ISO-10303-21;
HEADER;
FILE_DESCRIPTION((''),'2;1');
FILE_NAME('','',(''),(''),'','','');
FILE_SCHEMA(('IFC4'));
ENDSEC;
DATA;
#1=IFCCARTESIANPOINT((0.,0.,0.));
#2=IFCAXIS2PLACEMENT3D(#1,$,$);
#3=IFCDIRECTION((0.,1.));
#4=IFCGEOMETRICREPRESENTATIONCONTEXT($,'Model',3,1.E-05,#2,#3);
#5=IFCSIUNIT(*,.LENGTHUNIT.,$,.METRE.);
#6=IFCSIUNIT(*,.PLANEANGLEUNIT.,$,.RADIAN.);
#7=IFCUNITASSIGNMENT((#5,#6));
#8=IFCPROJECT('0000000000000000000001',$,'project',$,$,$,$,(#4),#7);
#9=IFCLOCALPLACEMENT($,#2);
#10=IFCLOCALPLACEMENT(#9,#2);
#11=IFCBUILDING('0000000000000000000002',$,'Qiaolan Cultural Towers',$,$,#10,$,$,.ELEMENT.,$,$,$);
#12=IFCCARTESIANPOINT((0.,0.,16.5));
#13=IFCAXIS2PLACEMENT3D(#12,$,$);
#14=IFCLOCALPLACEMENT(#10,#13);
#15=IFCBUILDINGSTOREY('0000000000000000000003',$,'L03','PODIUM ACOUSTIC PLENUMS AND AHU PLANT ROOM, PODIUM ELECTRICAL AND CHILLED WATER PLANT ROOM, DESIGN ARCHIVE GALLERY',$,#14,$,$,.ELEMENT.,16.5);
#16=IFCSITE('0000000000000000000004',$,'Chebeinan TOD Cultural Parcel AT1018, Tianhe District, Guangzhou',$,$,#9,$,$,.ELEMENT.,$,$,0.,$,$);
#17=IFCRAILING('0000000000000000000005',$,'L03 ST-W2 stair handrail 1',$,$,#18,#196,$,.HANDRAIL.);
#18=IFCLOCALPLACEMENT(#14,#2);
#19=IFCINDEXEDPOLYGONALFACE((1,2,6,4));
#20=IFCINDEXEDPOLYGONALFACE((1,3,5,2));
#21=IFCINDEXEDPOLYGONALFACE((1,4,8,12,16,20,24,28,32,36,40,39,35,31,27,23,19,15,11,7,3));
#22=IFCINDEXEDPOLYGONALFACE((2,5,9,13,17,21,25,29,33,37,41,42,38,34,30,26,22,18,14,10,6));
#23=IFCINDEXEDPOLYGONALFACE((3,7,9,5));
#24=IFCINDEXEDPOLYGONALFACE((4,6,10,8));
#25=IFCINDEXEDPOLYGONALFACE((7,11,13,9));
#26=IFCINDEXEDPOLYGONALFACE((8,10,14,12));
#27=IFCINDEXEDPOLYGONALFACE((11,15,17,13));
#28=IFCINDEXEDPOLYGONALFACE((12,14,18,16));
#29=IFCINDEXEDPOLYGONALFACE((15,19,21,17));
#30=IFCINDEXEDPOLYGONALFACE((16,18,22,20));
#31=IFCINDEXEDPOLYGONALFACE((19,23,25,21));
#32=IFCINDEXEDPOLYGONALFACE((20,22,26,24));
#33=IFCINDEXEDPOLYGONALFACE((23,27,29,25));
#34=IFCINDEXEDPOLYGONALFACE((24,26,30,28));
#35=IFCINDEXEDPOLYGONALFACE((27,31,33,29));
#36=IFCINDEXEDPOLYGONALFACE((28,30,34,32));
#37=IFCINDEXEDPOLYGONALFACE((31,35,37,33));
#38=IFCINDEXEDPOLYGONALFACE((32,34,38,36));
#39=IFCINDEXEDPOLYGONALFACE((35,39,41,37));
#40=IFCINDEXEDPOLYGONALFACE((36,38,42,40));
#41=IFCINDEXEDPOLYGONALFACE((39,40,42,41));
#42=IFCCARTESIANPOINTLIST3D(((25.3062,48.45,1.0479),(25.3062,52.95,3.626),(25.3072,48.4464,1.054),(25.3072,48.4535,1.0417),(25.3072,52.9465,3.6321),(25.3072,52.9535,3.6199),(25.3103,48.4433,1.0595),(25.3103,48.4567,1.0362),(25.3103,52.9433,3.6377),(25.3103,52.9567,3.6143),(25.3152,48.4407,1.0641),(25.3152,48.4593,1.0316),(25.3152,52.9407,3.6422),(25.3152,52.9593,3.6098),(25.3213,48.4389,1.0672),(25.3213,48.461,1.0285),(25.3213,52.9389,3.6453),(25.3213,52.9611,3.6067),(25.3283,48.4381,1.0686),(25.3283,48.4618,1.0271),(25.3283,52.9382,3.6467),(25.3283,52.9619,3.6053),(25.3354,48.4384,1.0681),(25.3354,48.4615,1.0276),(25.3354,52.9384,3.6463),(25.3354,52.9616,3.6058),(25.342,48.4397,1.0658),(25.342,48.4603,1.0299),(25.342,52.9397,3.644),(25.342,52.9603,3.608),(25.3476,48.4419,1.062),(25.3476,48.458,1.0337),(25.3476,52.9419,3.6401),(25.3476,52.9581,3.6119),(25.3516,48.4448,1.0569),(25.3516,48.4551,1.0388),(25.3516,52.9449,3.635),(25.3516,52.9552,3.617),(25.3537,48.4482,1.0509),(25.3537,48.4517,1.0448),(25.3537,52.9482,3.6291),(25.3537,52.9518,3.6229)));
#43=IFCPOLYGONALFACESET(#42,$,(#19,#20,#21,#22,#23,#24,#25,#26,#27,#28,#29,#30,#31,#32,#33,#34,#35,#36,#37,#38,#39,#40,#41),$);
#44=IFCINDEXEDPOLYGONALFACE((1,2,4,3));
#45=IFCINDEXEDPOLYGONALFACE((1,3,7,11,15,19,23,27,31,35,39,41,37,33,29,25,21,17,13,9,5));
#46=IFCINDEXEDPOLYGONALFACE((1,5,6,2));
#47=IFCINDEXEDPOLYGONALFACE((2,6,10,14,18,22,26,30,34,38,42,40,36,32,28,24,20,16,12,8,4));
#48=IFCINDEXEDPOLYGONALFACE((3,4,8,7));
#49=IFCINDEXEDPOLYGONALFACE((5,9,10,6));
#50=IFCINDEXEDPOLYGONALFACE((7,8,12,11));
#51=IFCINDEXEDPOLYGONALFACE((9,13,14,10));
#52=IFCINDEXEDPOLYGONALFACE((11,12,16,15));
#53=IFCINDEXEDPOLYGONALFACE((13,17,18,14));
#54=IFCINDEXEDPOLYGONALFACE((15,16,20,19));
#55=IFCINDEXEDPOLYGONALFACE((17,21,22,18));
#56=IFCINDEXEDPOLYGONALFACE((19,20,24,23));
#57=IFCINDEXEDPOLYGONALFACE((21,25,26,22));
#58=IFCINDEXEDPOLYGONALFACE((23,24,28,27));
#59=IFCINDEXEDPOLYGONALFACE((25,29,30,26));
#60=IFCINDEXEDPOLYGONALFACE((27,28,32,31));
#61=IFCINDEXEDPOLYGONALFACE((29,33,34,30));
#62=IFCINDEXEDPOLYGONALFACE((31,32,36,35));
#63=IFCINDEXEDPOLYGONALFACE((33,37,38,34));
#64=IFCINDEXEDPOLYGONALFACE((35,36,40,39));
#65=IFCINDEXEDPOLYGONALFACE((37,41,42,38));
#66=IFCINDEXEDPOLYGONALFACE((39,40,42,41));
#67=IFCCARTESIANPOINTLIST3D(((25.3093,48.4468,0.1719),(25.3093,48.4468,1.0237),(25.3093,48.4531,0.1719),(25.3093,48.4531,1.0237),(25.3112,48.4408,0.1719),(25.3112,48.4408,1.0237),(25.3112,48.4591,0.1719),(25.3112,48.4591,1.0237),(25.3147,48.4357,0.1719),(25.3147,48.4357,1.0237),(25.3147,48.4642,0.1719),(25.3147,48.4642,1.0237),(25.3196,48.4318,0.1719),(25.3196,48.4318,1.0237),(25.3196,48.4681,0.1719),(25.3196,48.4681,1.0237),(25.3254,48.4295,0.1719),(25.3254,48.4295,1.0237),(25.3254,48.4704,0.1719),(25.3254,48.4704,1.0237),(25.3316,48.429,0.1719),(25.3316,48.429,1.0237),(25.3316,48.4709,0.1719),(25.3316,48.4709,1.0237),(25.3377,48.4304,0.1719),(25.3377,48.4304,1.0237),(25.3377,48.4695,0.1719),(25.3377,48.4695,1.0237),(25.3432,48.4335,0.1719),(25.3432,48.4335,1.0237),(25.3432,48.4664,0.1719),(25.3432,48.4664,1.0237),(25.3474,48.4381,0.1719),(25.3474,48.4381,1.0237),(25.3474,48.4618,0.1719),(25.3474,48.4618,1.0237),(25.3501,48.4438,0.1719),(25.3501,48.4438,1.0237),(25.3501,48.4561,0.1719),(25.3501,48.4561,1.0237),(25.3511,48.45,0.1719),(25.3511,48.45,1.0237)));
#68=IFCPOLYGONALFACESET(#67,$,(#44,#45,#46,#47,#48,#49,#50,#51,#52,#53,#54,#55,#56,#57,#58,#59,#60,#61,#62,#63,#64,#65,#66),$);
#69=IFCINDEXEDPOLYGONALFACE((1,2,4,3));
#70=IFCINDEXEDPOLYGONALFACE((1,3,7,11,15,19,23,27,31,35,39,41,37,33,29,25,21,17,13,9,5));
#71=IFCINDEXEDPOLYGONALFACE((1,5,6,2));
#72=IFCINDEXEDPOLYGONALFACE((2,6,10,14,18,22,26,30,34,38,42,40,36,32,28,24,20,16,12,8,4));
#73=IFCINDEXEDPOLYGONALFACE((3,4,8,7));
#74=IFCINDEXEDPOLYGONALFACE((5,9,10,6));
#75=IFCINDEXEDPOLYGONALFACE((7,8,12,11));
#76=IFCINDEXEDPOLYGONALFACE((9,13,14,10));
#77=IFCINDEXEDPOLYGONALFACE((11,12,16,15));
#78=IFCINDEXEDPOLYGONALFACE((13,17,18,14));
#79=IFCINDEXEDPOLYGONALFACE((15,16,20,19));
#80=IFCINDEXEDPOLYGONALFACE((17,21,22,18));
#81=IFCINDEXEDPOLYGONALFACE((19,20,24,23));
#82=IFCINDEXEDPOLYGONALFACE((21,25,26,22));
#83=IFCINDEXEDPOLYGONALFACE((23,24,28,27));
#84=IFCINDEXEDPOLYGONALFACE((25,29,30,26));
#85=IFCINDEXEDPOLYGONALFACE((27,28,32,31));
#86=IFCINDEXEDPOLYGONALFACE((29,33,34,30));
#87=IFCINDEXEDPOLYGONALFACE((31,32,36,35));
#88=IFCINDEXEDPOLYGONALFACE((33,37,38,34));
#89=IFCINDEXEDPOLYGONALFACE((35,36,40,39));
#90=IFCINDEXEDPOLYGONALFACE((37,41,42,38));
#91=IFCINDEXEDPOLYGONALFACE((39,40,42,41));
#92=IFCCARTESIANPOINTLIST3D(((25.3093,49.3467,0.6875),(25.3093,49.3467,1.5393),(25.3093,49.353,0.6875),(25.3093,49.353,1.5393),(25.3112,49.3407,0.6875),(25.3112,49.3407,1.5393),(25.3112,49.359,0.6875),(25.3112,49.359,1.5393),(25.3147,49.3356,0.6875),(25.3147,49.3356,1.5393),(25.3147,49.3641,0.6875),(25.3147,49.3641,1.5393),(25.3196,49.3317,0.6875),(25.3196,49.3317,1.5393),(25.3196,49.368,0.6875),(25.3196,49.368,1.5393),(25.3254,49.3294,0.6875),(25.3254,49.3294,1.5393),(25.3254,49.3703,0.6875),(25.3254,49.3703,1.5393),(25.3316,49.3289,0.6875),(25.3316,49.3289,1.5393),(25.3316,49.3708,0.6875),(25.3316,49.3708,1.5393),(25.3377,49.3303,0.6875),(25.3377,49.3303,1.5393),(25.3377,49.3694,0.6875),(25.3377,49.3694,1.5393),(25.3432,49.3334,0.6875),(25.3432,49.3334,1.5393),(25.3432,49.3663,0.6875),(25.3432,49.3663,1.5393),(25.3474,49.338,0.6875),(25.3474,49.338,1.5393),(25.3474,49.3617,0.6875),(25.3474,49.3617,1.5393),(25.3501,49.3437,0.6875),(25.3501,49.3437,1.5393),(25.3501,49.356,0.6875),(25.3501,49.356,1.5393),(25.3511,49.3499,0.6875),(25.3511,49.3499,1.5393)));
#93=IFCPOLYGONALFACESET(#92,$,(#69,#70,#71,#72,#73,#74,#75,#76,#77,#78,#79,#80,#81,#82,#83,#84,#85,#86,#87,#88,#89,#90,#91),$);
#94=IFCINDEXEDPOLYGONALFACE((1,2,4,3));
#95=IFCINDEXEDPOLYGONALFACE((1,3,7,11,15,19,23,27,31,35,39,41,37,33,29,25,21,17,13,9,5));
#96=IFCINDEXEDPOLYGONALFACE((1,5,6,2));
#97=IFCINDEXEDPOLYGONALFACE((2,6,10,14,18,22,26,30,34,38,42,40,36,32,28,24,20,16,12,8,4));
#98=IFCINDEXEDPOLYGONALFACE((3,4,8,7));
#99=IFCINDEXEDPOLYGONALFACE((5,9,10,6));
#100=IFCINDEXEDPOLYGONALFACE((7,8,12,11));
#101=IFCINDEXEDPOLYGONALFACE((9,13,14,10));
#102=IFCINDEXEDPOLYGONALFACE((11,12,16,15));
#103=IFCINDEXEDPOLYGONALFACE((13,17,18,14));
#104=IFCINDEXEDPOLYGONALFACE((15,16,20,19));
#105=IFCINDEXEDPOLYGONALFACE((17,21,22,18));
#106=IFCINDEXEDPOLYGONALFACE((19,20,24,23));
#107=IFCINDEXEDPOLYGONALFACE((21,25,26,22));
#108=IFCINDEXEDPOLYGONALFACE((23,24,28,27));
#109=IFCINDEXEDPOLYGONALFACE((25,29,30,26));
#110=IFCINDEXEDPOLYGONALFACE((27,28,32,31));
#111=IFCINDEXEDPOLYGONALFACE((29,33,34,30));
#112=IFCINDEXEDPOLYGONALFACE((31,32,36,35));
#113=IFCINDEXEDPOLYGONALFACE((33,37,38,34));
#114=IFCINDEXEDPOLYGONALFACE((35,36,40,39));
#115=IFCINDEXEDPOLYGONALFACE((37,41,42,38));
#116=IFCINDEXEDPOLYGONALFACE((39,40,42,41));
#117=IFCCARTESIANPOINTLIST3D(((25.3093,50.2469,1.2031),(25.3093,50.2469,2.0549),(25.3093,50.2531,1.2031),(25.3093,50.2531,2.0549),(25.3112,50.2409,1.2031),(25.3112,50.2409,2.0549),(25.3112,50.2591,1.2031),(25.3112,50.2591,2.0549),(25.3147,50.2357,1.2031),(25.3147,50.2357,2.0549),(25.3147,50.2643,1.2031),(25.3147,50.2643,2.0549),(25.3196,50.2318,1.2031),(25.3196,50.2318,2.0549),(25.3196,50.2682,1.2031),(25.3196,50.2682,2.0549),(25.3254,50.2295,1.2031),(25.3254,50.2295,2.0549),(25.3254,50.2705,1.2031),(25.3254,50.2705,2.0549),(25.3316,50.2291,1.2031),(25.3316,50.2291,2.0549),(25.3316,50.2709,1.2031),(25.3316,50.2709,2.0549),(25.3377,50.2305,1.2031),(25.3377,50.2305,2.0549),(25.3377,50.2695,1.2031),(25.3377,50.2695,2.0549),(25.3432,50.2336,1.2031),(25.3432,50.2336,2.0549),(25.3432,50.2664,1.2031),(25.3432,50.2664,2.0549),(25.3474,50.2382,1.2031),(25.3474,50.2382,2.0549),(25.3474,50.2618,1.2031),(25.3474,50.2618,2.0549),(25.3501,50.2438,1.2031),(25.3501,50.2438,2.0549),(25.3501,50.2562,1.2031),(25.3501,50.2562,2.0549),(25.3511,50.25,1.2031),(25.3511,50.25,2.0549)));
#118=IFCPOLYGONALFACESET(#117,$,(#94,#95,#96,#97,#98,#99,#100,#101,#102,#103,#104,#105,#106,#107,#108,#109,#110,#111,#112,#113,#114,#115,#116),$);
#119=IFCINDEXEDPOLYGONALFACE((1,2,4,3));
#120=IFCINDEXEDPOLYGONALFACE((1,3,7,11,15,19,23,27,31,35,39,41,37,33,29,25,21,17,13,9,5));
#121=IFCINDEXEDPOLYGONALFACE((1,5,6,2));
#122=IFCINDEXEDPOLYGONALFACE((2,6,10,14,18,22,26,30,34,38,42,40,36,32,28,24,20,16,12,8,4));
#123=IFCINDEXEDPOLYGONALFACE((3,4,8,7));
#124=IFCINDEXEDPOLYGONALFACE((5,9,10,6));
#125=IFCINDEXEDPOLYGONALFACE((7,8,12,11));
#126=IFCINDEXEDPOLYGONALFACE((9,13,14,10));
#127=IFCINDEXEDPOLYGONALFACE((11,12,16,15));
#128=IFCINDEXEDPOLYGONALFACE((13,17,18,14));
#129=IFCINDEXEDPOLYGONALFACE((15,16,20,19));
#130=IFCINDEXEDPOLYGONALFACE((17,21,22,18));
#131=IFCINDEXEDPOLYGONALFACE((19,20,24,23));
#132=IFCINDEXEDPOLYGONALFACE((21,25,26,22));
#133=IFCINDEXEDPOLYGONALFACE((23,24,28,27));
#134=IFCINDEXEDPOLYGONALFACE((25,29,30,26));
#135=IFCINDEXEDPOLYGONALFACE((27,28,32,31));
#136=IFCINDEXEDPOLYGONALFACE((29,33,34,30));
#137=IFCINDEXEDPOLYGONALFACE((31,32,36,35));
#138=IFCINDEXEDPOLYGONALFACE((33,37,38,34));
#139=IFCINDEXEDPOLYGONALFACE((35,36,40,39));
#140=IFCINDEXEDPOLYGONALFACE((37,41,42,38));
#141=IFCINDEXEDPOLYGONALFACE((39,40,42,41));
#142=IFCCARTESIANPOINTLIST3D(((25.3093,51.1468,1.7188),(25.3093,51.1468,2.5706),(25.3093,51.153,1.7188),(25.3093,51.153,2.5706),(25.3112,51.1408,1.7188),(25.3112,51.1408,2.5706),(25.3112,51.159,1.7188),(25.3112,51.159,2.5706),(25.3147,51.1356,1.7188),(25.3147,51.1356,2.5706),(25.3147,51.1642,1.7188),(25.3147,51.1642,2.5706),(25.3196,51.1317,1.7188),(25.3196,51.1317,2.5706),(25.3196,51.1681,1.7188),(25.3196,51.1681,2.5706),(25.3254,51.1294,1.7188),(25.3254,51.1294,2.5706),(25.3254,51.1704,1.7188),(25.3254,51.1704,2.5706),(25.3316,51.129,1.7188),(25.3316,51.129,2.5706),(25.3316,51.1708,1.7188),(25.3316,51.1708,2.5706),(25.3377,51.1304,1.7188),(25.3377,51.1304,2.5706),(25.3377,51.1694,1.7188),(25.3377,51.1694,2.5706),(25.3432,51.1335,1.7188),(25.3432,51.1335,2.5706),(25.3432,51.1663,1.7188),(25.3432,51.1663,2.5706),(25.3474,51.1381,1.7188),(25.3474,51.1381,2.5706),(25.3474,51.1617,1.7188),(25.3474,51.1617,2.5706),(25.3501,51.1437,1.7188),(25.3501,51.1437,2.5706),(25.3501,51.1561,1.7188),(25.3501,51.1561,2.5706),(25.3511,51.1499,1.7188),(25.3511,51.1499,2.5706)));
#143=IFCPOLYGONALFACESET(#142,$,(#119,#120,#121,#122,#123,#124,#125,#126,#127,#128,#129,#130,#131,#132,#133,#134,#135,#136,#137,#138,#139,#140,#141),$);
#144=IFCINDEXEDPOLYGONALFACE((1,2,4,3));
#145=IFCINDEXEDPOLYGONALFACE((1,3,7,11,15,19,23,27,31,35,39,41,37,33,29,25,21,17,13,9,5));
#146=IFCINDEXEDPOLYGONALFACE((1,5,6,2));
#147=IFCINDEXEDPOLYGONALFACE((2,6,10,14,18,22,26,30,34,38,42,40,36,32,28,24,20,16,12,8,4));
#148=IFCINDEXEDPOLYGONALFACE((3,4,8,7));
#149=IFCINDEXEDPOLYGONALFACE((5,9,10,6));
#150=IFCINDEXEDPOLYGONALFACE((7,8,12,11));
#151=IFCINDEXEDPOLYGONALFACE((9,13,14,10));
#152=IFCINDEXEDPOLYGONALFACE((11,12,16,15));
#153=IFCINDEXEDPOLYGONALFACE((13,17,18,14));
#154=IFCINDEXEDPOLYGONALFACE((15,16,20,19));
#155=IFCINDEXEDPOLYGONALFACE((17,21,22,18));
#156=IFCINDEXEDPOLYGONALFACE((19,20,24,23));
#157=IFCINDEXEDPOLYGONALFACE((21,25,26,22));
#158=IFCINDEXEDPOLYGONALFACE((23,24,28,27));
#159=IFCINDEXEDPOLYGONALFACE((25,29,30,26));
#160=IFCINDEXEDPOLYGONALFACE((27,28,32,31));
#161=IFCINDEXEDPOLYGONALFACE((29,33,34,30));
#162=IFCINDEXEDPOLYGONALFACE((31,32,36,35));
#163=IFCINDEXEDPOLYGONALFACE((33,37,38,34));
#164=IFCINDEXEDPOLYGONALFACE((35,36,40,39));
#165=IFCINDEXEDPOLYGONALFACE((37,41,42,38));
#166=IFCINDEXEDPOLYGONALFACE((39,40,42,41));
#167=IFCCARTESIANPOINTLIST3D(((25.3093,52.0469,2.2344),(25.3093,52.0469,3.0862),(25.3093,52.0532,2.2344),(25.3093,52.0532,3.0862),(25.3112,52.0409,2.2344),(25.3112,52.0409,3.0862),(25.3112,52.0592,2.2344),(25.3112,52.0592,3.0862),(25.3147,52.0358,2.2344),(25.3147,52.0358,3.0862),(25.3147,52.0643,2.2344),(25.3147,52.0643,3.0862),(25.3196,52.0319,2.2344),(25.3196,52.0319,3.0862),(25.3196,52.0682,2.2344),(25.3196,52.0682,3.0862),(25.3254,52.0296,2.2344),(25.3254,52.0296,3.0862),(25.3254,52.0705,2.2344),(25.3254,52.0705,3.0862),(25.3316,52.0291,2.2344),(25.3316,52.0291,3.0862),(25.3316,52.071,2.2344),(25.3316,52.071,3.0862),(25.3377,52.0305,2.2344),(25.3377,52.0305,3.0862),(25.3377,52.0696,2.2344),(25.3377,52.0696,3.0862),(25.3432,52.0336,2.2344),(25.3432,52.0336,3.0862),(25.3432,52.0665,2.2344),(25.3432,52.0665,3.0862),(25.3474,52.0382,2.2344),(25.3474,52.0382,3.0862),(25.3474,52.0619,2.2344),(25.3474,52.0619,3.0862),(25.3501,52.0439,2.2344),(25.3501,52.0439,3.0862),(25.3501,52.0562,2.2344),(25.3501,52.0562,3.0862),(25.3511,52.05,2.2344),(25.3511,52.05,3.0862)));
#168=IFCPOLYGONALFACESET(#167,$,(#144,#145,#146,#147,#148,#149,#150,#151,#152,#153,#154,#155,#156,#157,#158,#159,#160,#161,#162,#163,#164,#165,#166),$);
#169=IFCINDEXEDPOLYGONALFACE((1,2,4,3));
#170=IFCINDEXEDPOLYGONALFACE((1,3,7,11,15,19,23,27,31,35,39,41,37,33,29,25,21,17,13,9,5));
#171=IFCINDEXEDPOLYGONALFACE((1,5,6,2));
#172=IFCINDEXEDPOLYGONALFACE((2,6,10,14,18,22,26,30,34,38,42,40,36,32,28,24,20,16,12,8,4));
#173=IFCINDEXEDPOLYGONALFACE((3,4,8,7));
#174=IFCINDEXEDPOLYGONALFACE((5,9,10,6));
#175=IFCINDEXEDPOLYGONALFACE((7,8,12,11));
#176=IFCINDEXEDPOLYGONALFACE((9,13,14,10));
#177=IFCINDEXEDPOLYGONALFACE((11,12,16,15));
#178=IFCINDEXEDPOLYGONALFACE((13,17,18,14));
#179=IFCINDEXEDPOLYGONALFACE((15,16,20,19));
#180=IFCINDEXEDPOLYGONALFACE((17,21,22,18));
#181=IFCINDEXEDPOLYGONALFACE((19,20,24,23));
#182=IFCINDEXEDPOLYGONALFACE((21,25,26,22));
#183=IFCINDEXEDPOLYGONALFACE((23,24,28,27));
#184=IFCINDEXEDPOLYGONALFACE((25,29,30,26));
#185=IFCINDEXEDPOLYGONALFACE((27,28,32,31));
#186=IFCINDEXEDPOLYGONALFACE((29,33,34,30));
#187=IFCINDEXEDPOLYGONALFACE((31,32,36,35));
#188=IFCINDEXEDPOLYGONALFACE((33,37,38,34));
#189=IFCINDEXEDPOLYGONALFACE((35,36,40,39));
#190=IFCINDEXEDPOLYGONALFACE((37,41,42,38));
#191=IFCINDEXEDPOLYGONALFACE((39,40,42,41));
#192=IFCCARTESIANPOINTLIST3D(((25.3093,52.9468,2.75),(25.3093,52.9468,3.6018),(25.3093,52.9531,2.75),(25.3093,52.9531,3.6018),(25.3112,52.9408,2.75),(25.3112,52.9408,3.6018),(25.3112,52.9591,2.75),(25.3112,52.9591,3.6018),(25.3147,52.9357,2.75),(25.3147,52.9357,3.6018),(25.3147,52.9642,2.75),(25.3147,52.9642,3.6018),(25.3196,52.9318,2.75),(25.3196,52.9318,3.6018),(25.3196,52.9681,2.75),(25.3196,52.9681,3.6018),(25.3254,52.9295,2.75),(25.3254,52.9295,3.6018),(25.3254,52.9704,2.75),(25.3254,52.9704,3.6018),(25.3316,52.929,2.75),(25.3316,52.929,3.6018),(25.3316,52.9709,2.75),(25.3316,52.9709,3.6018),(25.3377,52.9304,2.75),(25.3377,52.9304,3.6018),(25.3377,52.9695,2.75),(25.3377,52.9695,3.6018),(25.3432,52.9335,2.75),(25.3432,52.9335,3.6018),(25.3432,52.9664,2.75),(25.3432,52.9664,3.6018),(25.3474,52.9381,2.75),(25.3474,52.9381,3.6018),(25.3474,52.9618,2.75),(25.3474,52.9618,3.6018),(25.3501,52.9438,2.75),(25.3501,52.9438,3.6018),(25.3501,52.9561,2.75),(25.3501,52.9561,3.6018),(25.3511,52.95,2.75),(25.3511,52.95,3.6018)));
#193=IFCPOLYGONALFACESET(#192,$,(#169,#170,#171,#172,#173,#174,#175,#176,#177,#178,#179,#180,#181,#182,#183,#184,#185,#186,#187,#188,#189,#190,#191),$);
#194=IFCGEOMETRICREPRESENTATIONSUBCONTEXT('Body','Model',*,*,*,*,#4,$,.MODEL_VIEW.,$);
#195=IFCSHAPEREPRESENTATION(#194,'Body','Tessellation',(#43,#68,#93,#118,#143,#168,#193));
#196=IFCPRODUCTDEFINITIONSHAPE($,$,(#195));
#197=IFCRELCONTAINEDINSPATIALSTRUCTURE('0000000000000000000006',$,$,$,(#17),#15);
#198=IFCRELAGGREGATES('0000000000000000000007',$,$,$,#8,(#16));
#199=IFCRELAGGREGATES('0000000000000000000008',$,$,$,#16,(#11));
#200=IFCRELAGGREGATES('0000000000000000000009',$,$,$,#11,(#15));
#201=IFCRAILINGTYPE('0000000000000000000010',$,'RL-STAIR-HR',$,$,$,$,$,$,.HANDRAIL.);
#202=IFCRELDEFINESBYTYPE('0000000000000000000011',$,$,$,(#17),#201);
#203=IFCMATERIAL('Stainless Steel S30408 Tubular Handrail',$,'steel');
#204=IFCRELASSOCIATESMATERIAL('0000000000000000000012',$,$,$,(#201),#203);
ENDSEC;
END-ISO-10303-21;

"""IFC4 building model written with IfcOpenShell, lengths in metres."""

from ifc_helpers import new_model, si_unit, direction, frame, origin, origin_2d, place, context, subcontext, project, spatial, circle, extrude, material, type_object, element, save


model = new_model("IFC4")

# Units and contexts
model_context = context("Model", 3, precision=1e-05, world=origin(), true_north=direction((0.0, 1.0)))
body_context = subcontext(model_context, "Body", "Model", "MODEL_VIEW")
ifc_project = project(units=[si_unit("LENGTHUNIT", "METRE"), si_unit("PLANEANGLEUNIT", "RADIAN")], contexts=[model_context])

# Site, building, storey
site_placement = place(None, origin())
site = spatial("IfcSite", under=ifc_project, at=site_placement, Name="Chebeinan TOD Cultural Parcel AT1018, Tianhe District, Guangzhou", CompositionType="ELEMENT", RefElevation=0.0)
building_placement = place(site_placement, origin())
building = spatial("IfcBuilding", under=site, at=building_placement, Name="Qiaolan Cultural Towers", CompositionType="ELEMENT")
storey_placement = place(building_placement, frame((0.0, 0.0, 16.5)))
storey = spatial("IfcBuildingStorey", under=building, at=storey_placement, Name="L03", Description="PODIUM ACOUSTIC PLENUMS AND AHU PLANT ROOM, PODIUM ELECTRICAL AND CHILLED WATER PLANT ROOM, DESIGN ARCHIVE GALLERY", CompositionType="ELEMENT", Elevation=16.5)

# Railing
ifc_material_1 = material(Name="Stainless Steel S30408 Tubular Handrail", Category="steel")
railing_type_1 = type_object("IfcRailingType", Name="RL-STAIR-HR", PredefinedType="HANDRAIL", material=ifc_material_1)
railing_1_placement = place(storey_placement, frame((25.3301, 48.45, 0.1719)))
element("IfcRailing", 1, at=railing_1_placement, inside=storey, type_object=railing_type_1, Name="L03 ST-W2 stair handrail 1", PredefinedType="HANDRAIL", context=body_context, shape_type="SweptSolid", body=[
    extrude(circle(Radius=0.0239, at=origin_2d()), frame((0.0, 0.0, 0.876), z_axis=(0.0, 0.867686, 0.497112), x_axis=(-1.0, 0.0, 0.0)), (0.0, 0.0, 1.0), 5.1863),
    extrude(circle(Radius=0.021, at=origin_2d()), origin(), (0.0, 0.0, 1.0), 0.8518),
    extrude(circle(Radius=0.021, at=origin_2d()), frame((0.0, 0.8999, 0.5156)), (0.0, 0.0, 1.0), 0.8518),
    extrude(circle(Radius=0.021, at=origin_2d()), frame((0.0, 1.8, 1.0312)), (0.0, 0.0, 1.0), 0.8518),
    extrude(circle(Radius=0.021, at=origin_2d()), frame((0.0, 2.7, 1.5469)), (0.0, 0.0, 1.0), 0.8518),
    extrude(circle(Radius=0.021, at=origin_2d()), frame((0.0, 3.6001, 2.0625)), (0.0, 0.0, 1.0), 0.8518),
    extrude(circle(Radius=0.021, at=origin_2d()), frame((0.0, 4.5, 2.5781)), (0.0, 0.0, 1.0), 0.8518),
])

save(model, "model.ifc")
